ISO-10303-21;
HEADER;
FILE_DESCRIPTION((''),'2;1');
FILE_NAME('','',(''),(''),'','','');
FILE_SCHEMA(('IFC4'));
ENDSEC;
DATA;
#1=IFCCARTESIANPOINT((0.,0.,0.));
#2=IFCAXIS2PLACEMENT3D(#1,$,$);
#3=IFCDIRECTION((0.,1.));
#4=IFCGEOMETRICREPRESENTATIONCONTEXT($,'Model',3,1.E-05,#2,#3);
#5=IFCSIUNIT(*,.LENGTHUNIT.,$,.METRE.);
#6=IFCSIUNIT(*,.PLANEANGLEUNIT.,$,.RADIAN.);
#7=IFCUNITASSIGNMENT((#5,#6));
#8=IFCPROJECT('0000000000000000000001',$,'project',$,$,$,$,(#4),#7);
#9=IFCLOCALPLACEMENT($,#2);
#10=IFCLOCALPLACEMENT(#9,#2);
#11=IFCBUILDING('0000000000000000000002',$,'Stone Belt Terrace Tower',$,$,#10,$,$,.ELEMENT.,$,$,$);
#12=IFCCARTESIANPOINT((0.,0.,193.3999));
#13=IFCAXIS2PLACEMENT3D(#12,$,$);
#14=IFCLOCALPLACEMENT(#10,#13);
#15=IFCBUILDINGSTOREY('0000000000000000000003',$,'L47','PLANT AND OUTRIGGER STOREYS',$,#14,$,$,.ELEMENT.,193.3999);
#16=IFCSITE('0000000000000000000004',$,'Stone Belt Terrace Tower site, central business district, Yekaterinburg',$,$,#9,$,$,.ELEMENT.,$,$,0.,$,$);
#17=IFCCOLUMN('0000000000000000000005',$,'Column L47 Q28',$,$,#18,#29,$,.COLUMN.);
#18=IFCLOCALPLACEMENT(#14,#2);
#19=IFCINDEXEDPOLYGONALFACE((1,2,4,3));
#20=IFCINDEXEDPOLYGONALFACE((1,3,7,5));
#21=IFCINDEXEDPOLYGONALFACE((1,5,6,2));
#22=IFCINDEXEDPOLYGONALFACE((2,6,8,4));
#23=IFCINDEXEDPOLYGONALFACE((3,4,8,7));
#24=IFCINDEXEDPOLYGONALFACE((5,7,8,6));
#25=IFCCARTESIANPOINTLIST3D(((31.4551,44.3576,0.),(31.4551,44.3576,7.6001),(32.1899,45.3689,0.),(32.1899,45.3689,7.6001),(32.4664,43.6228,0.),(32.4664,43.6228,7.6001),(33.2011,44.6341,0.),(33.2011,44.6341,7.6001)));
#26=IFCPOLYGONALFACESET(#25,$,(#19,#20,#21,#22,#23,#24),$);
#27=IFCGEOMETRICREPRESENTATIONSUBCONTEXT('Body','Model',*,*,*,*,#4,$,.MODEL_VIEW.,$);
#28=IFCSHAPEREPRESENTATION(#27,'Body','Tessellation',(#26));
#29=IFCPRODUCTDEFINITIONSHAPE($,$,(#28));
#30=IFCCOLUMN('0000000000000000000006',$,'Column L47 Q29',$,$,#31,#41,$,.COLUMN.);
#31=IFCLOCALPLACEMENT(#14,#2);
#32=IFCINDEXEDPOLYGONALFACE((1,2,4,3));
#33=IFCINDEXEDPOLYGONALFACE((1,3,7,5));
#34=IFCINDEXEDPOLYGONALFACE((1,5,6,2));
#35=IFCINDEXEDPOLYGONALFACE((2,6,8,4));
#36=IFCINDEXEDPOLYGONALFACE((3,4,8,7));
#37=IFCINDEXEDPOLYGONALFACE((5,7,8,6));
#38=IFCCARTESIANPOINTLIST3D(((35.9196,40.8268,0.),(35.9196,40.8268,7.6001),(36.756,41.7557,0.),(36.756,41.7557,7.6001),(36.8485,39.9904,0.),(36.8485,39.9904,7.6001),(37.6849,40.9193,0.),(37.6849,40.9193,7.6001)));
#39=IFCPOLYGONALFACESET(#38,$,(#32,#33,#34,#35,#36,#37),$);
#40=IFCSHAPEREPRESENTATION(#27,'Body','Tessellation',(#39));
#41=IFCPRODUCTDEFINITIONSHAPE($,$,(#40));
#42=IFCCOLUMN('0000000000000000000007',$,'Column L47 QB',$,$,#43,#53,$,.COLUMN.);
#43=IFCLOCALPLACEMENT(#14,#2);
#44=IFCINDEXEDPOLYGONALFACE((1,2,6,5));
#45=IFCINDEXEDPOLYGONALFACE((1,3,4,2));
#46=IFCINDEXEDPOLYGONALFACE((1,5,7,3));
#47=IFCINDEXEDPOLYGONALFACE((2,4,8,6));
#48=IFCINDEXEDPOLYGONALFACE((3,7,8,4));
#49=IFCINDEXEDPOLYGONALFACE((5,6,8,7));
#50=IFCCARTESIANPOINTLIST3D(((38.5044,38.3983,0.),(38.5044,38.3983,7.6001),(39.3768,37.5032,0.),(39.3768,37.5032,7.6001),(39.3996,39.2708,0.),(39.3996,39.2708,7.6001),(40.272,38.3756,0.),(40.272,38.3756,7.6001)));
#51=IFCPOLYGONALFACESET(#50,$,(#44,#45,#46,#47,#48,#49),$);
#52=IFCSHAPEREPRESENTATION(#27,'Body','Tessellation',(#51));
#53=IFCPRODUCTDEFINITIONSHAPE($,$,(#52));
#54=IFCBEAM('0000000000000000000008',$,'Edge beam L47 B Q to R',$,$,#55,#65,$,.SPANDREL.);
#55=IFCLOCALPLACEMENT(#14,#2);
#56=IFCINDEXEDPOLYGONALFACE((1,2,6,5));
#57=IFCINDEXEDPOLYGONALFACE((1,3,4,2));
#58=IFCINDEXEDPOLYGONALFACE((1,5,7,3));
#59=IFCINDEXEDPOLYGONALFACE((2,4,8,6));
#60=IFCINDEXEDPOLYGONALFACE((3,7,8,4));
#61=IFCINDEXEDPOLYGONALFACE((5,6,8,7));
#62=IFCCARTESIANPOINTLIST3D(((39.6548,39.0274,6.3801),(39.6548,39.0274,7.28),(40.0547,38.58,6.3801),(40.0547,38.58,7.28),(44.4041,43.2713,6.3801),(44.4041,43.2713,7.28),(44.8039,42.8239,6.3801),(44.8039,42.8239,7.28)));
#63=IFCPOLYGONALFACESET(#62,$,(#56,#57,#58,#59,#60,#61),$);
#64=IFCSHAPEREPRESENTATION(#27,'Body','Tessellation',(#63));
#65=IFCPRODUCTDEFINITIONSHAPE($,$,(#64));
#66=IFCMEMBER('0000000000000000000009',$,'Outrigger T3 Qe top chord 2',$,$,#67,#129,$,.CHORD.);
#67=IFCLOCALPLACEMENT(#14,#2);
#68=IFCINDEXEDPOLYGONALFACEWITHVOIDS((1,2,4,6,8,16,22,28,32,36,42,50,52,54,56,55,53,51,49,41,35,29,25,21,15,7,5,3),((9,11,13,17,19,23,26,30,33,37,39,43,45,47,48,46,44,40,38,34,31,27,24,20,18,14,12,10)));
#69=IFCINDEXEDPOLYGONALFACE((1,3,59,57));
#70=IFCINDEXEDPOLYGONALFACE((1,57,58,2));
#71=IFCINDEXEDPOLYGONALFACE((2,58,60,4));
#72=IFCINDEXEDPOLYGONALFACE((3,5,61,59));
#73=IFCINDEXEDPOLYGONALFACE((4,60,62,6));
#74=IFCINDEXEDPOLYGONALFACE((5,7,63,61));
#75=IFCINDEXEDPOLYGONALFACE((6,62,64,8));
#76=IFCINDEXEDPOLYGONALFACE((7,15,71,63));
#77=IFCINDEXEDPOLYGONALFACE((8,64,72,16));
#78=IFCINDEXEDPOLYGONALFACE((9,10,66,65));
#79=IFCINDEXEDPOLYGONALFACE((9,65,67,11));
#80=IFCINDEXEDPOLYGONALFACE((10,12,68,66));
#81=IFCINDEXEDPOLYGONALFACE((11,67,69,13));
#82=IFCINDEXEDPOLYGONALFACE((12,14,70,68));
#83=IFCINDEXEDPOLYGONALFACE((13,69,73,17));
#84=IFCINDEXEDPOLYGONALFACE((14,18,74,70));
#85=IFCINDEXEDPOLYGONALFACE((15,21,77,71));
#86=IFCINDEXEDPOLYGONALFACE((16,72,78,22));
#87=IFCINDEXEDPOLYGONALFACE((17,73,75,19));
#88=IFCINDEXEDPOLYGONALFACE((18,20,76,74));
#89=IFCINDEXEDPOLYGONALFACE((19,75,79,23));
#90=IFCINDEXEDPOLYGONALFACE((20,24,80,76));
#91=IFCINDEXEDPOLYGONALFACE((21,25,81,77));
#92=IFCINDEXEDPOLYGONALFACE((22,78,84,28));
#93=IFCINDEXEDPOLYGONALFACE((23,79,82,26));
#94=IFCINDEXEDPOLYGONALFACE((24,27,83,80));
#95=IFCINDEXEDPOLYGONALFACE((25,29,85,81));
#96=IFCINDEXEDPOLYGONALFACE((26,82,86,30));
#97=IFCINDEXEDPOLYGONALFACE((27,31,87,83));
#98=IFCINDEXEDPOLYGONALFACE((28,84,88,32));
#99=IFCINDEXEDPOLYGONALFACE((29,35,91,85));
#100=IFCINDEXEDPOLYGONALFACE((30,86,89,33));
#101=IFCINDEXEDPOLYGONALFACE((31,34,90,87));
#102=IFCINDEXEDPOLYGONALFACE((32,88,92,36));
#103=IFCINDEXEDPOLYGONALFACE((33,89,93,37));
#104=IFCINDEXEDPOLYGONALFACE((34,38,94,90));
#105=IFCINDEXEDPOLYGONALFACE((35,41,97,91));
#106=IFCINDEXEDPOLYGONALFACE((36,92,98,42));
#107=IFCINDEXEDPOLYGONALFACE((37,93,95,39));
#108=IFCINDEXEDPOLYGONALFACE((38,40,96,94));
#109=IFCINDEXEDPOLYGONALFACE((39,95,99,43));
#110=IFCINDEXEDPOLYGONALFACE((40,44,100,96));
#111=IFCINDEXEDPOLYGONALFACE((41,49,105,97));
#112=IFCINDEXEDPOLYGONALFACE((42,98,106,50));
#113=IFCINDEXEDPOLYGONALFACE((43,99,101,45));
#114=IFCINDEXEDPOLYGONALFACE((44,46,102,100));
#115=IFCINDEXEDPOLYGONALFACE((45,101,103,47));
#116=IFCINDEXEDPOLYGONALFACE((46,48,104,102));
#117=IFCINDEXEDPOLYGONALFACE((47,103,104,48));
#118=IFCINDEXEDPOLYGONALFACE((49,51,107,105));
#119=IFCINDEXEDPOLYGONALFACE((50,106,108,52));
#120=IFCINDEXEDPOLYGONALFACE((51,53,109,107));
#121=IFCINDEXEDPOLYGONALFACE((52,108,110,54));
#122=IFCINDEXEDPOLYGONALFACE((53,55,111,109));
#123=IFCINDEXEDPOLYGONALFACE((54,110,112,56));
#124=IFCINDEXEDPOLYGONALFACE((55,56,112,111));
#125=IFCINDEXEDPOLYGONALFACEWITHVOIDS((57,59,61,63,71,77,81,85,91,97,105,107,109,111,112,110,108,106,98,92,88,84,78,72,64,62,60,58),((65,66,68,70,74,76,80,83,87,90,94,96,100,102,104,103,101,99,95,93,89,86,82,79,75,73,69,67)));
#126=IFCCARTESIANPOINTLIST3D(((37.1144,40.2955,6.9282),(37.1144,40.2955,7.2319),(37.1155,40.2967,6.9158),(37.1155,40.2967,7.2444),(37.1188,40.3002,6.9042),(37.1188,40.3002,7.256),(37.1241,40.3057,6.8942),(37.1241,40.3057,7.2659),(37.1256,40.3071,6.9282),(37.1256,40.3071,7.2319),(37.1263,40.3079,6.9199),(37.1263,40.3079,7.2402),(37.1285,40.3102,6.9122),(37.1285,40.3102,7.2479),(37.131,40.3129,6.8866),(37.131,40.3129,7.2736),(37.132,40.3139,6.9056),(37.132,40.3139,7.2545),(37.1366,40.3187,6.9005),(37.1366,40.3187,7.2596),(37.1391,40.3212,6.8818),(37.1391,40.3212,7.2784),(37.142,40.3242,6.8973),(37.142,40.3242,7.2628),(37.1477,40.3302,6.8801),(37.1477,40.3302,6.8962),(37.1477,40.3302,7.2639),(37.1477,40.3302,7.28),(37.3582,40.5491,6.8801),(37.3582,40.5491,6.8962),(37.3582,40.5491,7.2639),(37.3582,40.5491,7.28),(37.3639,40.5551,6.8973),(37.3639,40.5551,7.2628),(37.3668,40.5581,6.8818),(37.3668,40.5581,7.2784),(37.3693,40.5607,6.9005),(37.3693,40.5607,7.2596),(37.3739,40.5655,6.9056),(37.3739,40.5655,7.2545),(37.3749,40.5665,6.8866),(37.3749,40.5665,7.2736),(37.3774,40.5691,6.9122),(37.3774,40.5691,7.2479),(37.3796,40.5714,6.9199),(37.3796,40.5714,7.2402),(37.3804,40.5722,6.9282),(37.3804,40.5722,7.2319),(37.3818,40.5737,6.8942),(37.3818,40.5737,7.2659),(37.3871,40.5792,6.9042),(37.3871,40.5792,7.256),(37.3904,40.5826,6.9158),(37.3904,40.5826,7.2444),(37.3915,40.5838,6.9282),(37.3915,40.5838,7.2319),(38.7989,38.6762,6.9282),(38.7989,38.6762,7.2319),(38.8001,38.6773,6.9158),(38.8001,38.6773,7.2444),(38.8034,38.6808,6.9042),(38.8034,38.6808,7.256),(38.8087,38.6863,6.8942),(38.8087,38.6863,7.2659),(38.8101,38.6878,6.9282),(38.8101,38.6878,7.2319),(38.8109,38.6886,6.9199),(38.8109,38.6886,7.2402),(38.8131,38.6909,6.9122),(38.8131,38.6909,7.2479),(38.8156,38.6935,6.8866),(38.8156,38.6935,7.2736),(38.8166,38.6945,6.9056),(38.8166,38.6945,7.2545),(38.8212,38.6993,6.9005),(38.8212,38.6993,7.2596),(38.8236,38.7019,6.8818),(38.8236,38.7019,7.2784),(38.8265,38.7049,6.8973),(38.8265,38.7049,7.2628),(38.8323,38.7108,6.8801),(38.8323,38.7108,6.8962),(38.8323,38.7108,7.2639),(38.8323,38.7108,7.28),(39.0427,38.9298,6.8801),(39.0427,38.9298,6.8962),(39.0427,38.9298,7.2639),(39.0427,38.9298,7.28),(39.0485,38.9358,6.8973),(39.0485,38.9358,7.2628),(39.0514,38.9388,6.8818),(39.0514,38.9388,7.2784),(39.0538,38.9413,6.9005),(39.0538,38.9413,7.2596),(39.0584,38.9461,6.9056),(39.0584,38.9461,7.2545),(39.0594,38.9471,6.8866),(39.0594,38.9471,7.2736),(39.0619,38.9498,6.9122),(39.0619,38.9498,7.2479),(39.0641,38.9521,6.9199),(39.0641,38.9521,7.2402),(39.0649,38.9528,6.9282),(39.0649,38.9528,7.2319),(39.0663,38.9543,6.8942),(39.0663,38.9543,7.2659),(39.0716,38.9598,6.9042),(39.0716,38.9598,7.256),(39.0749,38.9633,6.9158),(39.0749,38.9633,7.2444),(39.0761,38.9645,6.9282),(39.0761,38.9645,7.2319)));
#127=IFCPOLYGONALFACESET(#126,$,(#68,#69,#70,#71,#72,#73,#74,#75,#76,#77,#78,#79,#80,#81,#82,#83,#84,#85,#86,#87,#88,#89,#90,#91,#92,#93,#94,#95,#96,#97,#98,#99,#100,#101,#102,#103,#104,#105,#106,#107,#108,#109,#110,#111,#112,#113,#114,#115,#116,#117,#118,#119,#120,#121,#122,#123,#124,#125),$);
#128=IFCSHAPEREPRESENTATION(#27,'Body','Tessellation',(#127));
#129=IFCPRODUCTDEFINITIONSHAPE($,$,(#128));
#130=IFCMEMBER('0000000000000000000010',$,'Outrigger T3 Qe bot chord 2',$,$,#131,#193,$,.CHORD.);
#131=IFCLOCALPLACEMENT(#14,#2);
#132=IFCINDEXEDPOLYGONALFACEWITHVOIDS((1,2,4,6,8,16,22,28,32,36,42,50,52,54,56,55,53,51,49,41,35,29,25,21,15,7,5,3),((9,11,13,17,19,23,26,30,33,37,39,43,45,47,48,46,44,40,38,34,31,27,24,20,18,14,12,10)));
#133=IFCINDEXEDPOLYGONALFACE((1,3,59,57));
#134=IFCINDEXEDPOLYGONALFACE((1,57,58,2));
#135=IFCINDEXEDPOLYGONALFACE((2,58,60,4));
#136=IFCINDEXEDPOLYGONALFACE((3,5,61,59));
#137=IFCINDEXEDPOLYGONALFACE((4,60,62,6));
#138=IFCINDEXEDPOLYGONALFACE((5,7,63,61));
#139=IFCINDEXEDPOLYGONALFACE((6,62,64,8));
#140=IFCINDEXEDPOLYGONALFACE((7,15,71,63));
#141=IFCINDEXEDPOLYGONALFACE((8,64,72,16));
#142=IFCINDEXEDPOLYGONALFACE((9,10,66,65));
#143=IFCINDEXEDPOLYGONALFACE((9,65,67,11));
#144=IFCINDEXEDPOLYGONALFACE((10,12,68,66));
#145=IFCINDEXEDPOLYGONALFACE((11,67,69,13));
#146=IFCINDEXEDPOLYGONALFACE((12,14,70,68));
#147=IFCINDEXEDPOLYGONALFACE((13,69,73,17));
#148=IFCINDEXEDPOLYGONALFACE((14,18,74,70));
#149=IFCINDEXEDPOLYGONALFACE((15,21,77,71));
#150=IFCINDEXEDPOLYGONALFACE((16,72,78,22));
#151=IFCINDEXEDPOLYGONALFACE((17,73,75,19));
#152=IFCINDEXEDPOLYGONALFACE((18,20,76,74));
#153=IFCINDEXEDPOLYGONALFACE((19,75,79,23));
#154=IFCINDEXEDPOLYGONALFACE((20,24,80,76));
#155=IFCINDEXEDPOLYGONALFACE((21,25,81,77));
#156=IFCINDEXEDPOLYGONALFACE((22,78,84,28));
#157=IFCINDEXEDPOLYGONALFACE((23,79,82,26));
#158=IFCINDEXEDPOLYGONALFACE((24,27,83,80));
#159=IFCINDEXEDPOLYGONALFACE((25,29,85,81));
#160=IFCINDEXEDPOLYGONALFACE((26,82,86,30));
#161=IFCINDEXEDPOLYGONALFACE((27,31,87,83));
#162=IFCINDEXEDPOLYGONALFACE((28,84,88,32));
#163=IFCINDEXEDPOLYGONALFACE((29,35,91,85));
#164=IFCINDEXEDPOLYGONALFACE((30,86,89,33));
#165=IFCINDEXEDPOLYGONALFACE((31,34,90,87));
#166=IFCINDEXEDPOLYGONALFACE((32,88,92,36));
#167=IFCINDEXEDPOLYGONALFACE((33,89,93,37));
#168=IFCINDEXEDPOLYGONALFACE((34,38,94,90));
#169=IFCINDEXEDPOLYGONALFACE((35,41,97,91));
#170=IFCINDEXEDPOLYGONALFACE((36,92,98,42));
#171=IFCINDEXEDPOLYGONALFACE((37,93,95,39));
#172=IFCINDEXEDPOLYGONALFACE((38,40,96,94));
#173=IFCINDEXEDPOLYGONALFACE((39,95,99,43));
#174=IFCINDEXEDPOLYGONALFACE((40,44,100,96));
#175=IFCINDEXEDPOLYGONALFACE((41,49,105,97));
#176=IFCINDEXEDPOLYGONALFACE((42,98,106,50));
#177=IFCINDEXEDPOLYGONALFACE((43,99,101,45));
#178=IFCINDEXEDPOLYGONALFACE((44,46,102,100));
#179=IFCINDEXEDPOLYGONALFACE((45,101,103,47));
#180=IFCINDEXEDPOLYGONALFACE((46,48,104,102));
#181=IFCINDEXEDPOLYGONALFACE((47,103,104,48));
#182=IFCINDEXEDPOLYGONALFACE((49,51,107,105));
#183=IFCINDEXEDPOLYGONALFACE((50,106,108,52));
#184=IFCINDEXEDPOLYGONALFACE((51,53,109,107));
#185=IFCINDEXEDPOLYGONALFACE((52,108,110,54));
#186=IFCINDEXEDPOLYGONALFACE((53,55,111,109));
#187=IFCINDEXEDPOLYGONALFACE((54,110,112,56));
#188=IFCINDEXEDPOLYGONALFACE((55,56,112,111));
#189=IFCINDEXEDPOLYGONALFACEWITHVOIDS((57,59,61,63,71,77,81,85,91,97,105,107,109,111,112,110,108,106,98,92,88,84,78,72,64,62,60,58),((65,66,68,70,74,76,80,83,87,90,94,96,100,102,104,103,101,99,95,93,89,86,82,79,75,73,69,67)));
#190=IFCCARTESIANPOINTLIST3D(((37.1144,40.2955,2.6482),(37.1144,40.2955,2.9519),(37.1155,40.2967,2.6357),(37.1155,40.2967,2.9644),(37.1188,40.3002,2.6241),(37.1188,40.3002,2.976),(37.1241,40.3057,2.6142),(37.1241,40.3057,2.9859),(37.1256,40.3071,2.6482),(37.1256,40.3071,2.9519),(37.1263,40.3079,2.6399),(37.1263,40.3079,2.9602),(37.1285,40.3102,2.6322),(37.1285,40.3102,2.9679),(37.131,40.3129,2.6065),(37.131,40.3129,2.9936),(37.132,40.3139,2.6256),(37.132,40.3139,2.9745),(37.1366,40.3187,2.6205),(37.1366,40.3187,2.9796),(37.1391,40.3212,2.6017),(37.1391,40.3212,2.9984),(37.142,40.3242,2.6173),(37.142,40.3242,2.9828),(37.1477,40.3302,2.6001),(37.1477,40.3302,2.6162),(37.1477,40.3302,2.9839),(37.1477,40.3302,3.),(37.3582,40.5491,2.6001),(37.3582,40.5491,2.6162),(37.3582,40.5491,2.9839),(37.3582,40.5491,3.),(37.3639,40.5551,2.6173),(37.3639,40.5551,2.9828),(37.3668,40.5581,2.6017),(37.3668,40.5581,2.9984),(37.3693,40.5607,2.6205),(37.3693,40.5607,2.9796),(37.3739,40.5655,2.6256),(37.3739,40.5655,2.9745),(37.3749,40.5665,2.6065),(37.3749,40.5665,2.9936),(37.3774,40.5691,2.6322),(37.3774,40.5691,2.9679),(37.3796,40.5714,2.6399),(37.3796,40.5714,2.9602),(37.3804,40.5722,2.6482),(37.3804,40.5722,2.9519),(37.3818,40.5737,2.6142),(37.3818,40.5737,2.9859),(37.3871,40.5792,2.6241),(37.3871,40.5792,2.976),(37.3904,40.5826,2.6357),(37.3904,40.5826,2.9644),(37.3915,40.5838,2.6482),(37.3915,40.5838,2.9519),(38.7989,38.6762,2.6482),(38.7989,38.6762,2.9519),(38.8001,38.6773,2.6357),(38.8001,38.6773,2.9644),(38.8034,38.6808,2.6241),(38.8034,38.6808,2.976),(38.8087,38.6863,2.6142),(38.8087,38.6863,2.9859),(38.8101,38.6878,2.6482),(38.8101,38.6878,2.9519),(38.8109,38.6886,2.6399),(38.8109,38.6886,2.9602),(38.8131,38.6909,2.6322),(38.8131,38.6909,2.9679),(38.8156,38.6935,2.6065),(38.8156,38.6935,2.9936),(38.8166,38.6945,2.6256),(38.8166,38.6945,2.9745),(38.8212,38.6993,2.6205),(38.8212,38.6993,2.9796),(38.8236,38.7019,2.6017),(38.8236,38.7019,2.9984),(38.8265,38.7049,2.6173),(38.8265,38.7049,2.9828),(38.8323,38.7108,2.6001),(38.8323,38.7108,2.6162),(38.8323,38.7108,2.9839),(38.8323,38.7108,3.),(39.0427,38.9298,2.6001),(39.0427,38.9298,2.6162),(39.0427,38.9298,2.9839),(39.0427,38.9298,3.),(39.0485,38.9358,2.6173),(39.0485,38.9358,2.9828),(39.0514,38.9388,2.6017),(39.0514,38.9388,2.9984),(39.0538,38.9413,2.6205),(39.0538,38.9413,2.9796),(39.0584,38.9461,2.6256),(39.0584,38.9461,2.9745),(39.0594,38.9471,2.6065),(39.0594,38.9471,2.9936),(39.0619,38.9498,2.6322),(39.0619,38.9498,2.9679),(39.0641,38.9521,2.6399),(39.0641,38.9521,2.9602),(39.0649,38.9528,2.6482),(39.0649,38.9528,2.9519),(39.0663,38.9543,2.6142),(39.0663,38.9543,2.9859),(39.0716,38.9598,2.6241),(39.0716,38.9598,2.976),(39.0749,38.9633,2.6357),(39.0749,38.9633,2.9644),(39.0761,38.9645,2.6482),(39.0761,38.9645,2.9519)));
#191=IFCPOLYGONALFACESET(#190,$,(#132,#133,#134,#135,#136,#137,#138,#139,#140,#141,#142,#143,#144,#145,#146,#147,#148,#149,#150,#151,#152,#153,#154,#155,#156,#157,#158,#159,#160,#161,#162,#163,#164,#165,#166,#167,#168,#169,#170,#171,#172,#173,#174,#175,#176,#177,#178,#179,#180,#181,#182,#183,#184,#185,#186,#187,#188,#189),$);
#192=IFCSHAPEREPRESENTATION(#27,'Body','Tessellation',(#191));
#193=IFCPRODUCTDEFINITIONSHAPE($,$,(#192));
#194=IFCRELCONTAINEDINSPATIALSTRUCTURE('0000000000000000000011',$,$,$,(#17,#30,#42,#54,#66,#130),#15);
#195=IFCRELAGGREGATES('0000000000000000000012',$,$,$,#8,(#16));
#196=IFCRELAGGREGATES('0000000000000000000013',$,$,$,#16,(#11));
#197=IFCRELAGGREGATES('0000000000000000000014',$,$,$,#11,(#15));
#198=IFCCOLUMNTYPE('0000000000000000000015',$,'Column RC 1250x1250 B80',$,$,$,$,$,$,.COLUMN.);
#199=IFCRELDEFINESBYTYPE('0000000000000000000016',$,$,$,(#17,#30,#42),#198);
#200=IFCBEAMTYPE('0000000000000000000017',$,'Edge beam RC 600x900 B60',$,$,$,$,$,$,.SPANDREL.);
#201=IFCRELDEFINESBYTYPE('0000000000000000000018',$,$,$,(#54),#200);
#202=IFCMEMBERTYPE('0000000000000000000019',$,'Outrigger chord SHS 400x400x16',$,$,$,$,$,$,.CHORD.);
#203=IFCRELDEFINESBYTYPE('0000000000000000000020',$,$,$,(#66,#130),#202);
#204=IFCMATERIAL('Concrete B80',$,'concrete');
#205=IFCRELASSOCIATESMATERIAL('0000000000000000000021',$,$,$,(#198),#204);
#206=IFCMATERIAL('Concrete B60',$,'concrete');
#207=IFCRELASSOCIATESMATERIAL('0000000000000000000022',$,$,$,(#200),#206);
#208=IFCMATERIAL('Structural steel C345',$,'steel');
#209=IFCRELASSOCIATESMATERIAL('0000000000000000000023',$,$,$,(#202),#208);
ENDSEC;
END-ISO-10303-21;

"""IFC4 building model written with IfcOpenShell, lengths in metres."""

from ifc_helpers import new_model, si_unit, direction, frame, origin, origin_2d, place, context, subcontext, project, spatial, rectangle, hollow_rectangle, extrude, material, material_profile, profile_set, type_object, element, save


model = new_model("IFC4")

# Units and contexts
model_context = context("Model", 3, precision=1e-05, world=origin(), true_north=direction((0.0, 1.0)))
body_context = subcontext(model_context, "Body", "Model", "MODEL_VIEW")
ifc_project = project(units=[si_unit("LENGTHUNIT", "METRE"), si_unit("PLANEANGLEUNIT", "RADIAN")], contexts=[model_context])

# Site, building, storey
site_placement = place(None, origin())
site = spatial("IfcSite", under=ifc_project, at=site_placement, Name="Stone Belt Terrace Tower site, central business district, Yekaterinburg", CompositionType="ELEMENT", RefElevation=0.0)
building_placement = place(site_placement, origin())
building = spatial("IfcBuilding", under=site, at=building_placement, Name="Stone Belt Terrace Tower", CompositionType="ELEMENT")
storey_placement = place(building_placement, frame((0.0, 0.0, 193.3999)))
storey = spatial("IfcBuildingStorey", under=building, at=storey_placement, Name="L47", Description="PLANT AND OUTRIGGER STOREYS", CompositionType="ELEMENT", Elevation=193.3999)

# Columns
ifc_material_1 = material(Name="Concrete B80", Category="concrete")
ifc_material_profile_1 = material_profile(ifc_material_1, rectangle(XDim=1.25, YDim=1.25, at=origin_2d()), Name="RC 1250x1250")
ifc_profile_set_1 = profile_set([ifc_material_profile_1], Name="Concrete B80")
column_type = type_object("IfcColumnType", Name="Column RC 1250x1250 B80", PredefinedType="COLUMN", material=ifc_profile_set_1)
for number, where, z_axis, x_axis, name in (
    (1, (32.3281, 44.4958, 0.0), (0.0, 0.0, 1.0), (0.809017, -0.587785, 0.0), "Column L47 Q28"),
    (2, (36.8022, 40.873, 0.0), (0.0, 0.0, 1.0), (0.743145, -0.669131, 0.0), "Column L47 Q29"),
    (3, (39.3882, 38.387, 0.0), (0.0, 0.0, 1.0), (0.697944, -0.716152, 0.0), "Column L47 QB"),
):
    element("IfcColumn", number, at=place(storey_placement, frame(where, z_axis=z_axis, x_axis=x_axis)), inside=storey, type_object=column_type, Name=name, PredefinedType="COLUMN", context=body_context, shape_type="SweptSolid", body=[
        extrude(rectangle(XDim=1.25, YDim=1.25, at=origin_2d()), origin(), (0.0, 0.0, 1.0), 7.6001),
    ])

# Beam
ifc_material_2 = material(Name="Concrete B60", Category="concrete")
ifc_material_profile_2 = material_profile(ifc_material_2, rectangle(XDim=0.6001, YDim=0.8999, at=origin_2d()), Name="RC 600x900")
ifc_profile_set_2 = profile_set([ifc_material_profile_2], Name="Concrete B60")
beam_type = type_object("IfcBeamType", Name="Edge beam RC 600x900 B60", PredefinedType="SPANDREL", material=ifc_profile_set_2)
beam_placement = place(storey_placement, frame((39.8547, 38.8037, 6.8301), z_axis=(0.745666, 0.66632, 0.0), x_axis=(-0.66632, 0.745666, 0.0)))
element("IfcBeam", 4, at=beam_placement, inside=storey, type_object=beam_type, Name="Edge beam L47 B Q to R", PredefinedType="SPANDREL", context=body_context, shape_type="SweptSolid", body=[
    extrude(rectangle(XDim=0.6001, YDim=0.8999, at=origin_2d()), origin(), (0.0, 0.0, 1.0), 6.3691),
])

# Members
ifc_material_3 = material(Name="Structural steel C345", Category="steel")
ifc_material_profile_3 = material_profile(ifc_material_3, hollow_rectangle(XDim=0.3999, YDim=0.3999, WallThickness=0.0161, InnerFilletRadius=0.032, OuterFilletRadius=0.0481, at=origin_2d()), Name="SHS 400x400x16")
ifc_profile_set_3 = profile_set([ifc_material_profile_3], Name="Structural steel C345")
member_type_1 = type_object("IfcMemberType", Name="Outrigger chord SHS 400x400x16", PredefinedType="CHORD", material=ifc_profile_set_3)
for number, where, z_axis, x_axis, name in (
    (5, (38.9375, 38.8203, 7.0801), (-0.720917, 0.693021, 0.0), (-0.693021, -0.720917, 0.0), "Outrigger T3 Qe top chord 2"),
    (6, (38.9375, 38.8203, 2.8), (-0.720917, 0.693021, 0.0), (-0.693021, -0.720917, 0.0), "Outrigger T3 Qe bot chord 2"),
):
    element("IfcMember", number, at=place(storey_placement, frame(where, z_axis=z_axis, x_axis=x_axis)), inside=storey, type_object=member_type_1, Name=name, PredefinedType="CHORD", context=body_context, shape_type="SweptSolid", body=[
        extrude(hollow_rectangle(XDim=0.3999, YDim=0.3999, WallThickness=0.0161, InnerFilletRadius=0.032, OuterFilletRadius=0.0481, at=origin_2d()), origin(), (0.0, 0.0, 1.0), 2.3367),
    ])

save(model, "model.ifc")
